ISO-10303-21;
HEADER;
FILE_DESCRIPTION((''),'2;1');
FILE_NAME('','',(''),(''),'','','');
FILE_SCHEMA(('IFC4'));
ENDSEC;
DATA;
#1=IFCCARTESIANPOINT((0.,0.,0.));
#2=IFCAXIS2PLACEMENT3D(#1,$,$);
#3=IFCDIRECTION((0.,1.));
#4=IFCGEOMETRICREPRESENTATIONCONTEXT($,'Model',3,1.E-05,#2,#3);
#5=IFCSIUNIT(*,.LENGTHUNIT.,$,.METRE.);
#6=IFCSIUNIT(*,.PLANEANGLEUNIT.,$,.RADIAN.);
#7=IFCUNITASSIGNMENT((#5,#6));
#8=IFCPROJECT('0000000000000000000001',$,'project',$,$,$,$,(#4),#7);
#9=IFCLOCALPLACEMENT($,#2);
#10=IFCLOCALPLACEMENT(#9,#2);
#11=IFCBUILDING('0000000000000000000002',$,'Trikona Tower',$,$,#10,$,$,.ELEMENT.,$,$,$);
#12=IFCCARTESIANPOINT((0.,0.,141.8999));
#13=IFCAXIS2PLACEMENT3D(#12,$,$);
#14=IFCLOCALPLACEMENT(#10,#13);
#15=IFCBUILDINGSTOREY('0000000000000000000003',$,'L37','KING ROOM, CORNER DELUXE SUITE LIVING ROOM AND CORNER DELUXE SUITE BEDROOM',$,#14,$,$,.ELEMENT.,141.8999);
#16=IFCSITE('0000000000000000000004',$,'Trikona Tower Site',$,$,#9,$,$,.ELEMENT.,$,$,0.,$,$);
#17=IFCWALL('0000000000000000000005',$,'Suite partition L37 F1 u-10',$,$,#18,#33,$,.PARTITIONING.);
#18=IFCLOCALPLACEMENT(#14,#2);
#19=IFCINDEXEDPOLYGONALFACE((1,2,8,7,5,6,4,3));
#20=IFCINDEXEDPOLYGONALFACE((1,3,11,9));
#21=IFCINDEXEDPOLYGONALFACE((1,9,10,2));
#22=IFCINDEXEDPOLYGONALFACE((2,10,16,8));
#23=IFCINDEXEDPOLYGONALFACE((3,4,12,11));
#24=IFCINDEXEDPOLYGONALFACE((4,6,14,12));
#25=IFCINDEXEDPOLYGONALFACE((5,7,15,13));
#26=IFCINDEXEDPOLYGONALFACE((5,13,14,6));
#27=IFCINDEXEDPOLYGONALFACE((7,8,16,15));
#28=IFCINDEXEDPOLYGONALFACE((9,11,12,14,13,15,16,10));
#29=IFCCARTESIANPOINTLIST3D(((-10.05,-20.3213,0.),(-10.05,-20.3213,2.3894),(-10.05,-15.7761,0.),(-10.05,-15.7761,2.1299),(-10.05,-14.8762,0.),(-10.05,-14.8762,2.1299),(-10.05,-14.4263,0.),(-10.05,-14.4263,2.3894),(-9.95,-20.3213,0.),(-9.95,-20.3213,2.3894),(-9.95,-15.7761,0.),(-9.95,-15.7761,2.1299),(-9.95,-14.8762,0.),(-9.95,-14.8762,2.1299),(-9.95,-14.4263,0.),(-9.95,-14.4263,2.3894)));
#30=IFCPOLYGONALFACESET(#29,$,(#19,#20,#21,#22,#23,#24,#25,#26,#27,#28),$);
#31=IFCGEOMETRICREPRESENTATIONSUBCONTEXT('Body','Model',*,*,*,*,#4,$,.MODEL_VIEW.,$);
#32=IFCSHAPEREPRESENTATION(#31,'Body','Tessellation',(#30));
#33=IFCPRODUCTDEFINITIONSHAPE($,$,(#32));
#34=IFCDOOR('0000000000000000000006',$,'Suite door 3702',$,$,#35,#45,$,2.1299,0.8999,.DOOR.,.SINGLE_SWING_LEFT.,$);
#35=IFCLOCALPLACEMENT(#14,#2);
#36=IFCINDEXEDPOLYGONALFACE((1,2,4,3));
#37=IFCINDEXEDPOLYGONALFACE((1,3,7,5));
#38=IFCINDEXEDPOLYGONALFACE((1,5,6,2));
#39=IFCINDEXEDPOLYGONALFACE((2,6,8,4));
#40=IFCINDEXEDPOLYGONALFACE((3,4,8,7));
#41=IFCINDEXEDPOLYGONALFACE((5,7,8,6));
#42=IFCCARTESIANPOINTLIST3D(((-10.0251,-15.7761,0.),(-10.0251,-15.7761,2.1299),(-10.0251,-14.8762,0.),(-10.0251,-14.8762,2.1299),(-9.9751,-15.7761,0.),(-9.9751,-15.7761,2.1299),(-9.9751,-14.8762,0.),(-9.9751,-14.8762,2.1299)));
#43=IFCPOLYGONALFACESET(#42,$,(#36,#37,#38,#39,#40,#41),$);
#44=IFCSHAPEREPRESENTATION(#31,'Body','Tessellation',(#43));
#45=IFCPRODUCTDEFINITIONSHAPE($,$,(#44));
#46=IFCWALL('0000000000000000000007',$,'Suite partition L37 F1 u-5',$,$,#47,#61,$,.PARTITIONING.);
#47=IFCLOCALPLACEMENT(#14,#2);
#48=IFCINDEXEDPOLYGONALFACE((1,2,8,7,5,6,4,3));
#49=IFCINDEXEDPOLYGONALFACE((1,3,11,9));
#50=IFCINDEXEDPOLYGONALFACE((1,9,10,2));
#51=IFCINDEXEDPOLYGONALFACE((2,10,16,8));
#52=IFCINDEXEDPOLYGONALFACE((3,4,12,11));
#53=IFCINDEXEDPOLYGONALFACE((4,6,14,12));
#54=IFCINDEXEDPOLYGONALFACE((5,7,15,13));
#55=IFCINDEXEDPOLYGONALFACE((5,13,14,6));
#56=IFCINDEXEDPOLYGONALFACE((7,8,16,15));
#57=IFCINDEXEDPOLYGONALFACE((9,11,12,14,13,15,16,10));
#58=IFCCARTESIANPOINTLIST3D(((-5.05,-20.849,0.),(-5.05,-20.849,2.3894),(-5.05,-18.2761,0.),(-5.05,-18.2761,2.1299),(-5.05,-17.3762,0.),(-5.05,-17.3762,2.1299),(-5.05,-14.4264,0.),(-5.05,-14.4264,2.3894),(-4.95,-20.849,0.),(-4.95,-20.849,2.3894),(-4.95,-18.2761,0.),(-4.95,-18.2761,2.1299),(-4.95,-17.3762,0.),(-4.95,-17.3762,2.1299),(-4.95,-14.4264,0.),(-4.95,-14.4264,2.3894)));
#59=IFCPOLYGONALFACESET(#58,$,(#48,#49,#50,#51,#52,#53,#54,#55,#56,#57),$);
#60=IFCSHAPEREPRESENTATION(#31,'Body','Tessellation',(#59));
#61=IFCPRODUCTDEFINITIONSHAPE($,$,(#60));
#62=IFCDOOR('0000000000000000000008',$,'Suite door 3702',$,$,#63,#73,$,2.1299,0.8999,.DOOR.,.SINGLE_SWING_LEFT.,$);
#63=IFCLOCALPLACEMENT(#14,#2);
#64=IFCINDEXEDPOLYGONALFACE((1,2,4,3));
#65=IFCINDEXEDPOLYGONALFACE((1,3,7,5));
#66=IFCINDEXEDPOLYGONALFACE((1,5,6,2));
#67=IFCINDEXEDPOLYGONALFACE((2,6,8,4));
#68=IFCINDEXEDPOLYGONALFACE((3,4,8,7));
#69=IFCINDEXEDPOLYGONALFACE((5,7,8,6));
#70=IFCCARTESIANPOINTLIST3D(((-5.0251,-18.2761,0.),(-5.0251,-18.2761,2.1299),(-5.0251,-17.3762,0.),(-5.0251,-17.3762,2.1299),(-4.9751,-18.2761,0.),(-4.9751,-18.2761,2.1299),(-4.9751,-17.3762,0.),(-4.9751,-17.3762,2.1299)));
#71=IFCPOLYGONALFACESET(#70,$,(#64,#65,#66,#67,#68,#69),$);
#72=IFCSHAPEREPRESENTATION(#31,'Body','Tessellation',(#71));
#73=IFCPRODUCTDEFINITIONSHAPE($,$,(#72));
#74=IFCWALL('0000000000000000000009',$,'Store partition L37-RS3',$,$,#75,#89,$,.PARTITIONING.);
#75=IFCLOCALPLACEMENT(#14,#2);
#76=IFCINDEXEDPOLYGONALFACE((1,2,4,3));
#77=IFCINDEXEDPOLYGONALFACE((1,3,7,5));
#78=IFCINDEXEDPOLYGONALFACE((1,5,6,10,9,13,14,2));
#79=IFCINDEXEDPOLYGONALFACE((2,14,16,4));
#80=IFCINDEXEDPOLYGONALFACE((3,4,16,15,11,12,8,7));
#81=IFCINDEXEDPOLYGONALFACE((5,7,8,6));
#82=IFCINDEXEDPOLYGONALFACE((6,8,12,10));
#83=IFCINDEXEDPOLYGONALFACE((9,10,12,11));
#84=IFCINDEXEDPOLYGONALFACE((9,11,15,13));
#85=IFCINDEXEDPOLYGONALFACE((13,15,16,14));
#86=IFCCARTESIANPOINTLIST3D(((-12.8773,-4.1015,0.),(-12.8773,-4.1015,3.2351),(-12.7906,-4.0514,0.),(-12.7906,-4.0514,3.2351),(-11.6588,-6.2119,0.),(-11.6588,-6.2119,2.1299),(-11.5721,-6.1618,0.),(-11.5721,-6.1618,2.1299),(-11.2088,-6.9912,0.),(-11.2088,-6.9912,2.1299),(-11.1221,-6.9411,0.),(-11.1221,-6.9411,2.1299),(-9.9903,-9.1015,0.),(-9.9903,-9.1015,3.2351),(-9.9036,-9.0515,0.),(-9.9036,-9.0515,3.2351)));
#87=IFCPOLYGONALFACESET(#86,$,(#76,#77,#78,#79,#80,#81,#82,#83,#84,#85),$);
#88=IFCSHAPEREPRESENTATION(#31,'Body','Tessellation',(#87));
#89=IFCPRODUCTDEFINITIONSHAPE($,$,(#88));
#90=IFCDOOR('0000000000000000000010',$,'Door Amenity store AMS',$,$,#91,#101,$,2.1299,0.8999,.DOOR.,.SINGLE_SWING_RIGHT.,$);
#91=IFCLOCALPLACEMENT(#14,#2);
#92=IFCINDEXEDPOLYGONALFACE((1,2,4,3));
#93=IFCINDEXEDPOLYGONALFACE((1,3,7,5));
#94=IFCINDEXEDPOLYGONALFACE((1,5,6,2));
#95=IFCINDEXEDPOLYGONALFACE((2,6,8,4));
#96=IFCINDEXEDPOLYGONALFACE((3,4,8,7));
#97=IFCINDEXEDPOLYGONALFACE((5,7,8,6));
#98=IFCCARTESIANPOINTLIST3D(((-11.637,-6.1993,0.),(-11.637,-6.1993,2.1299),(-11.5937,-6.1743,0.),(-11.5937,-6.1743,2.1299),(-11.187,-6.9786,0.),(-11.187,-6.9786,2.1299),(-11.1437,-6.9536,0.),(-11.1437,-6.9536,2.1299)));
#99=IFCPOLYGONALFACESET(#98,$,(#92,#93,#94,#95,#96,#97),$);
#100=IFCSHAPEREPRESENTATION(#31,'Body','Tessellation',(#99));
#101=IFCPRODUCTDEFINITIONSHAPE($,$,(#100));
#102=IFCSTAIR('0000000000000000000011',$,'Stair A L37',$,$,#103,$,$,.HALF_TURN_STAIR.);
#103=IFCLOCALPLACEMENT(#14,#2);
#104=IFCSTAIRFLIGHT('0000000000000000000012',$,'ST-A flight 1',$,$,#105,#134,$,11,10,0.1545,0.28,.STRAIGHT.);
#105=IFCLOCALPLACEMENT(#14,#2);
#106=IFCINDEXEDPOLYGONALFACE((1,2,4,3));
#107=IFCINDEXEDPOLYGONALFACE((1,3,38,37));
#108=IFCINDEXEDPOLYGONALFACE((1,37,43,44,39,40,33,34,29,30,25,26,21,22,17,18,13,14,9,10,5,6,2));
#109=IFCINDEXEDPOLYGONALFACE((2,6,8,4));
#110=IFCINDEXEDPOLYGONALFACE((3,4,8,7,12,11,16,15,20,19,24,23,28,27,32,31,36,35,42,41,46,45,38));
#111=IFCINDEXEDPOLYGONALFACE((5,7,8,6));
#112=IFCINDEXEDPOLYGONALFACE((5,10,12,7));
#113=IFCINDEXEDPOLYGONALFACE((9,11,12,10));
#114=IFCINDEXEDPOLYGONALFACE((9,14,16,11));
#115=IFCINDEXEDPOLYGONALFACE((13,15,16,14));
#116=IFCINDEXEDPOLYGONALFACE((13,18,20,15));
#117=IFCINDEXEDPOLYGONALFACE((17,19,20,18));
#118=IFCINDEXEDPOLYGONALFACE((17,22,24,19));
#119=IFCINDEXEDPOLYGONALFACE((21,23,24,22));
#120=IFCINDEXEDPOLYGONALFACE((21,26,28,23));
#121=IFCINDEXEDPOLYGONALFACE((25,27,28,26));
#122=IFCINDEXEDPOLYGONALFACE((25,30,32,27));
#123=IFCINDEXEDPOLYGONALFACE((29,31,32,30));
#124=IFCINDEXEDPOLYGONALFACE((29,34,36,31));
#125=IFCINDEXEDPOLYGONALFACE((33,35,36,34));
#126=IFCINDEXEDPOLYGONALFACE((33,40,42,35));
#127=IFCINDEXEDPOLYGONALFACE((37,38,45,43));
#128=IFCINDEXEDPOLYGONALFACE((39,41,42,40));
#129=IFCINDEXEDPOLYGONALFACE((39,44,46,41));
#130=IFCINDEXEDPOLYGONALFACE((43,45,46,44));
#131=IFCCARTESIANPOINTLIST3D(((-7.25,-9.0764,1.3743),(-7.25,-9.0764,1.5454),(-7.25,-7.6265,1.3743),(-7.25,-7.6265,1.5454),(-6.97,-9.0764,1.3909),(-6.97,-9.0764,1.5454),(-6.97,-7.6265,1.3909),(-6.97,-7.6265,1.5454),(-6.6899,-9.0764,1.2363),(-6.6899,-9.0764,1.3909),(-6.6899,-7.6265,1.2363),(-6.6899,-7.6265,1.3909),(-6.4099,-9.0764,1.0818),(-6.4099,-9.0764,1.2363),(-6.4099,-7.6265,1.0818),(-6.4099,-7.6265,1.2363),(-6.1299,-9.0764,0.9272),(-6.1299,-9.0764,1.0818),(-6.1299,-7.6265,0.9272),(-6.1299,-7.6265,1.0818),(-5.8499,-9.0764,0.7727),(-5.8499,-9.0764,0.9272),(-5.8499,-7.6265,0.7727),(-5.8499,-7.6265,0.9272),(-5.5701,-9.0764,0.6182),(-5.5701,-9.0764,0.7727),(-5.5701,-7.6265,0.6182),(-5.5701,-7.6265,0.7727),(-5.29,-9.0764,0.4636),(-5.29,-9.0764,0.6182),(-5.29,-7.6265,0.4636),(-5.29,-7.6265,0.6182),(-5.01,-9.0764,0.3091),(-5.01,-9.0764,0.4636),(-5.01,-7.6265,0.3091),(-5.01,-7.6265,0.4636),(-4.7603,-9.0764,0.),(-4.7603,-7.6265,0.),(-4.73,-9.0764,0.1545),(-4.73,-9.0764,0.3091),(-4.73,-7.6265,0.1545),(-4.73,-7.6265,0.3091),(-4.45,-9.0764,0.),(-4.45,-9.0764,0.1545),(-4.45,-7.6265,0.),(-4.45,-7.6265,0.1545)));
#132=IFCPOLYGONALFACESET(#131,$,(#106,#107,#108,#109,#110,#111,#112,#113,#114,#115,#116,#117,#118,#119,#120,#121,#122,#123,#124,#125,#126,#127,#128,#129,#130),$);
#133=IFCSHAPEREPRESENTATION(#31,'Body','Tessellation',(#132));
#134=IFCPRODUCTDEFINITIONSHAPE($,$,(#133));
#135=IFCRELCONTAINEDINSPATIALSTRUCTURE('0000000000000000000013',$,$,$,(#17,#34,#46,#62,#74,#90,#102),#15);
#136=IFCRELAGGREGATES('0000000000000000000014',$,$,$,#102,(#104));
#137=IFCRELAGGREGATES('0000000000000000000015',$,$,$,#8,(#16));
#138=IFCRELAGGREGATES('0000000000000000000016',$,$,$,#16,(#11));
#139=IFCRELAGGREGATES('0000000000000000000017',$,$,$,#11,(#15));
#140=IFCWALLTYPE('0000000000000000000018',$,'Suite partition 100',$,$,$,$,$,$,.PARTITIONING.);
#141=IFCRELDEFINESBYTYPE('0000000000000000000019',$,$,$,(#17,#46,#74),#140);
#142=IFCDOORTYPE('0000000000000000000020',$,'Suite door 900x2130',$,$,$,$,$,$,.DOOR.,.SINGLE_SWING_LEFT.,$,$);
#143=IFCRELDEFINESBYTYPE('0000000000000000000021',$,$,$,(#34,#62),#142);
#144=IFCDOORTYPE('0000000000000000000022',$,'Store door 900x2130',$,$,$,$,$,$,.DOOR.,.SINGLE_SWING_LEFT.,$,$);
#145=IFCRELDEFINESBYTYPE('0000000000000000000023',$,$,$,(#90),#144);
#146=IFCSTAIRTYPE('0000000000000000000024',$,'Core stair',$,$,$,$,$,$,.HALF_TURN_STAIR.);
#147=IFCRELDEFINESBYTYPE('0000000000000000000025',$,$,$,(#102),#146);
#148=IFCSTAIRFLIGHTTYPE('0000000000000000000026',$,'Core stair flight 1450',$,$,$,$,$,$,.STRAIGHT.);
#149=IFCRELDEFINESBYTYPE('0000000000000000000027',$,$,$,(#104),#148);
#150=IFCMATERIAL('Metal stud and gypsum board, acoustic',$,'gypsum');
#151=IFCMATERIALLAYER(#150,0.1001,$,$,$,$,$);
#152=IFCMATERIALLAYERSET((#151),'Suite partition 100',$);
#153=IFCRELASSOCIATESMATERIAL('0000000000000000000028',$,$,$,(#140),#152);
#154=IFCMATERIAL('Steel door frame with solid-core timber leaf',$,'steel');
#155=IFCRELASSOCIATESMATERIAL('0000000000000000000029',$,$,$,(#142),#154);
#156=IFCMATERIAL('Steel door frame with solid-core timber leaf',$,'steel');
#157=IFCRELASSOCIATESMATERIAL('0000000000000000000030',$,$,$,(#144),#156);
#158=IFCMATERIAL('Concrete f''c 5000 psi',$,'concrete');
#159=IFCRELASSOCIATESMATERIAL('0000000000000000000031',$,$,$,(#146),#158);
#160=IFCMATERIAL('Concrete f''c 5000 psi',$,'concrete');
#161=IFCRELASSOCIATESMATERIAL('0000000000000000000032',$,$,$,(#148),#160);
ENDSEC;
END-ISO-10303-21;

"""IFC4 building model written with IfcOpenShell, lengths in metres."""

from ifc_helpers import new_model, si_unit, direction, frame, frame_2d, origin, place, context, subcontext, project, spatial, polyline, rectangle, outline, extrude, material, layer, layer_set, type_object, element, fill, aggregate, save


model = new_model("IFC4")

# Units and contexts
model_context = context("Model", 3, precision=1e-05, world=origin(), true_north=direction((0.0, 1.0)))
body_context = subcontext(model_context, "Body", "Model", "MODEL_VIEW")
ifc_project = project(units=[si_unit("LENGTHUNIT", "METRE"), si_unit("PLANEANGLEUNIT", "RADIAN")], contexts=[model_context])

# Site, building, storey
site_placement = place(None, origin())
site = spatial("IfcSite", under=ifc_project, at=site_placement, Name="Trikona Tower Site", CompositionType="ELEMENT", RefElevation=0.0)
building_placement = place(site_placement, origin())
building = spatial("IfcBuilding", under=site, at=building_placement, Name="Trikona Tower", CompositionType="ELEMENT")
storey_placement = place(building_placement, frame((0.0, 0.0, 141.8999)))
storey = spatial("IfcBuildingStorey", under=building, at=storey_placement, Name="L37", Description="KING ROOM, CORNER DELUXE SUITE LIVING ROOM AND CORNER DELUXE SUITE BEDROOM", CompositionType="ELEMENT", Elevation=141.8999)

# Walls, openings, doors
ifc_material_1 = material(Name="Metal stud and gypsum board, acoustic", Category="gypsum")
ifc_layer_1 = layer(ifc_material_1, 0.1001)
ifc_layer_set_1 = layer_set([ifc_layer_1], Name="Suite partition 100")
wall_type_1 = type_object("IfcWallType", Name="Suite partition 100", PredefinedType="PARTITIONING", material=ifc_layer_set_1)
wall_1_placement = place(storey_placement, frame((-10.0, -14.4263, 0.0), z_axis=(0.0, 0.0, 1.0), x_axis=(0.0, -1.0, 0.0)))
wall_1 = element("IfcWall", 1, at=wall_1_placement, inside=storey, type_object=wall_type_1, Name="Suite partition L37 F1 u-10", PredefinedType="PARTITIONING", context=body_context, shape_type="SweptSolid", body=[
    extrude(rectangle(XDim=5.895, YDim=0.1001, at=frame_2d((2.9475, 0.0))), origin(), (0.0, 0.0, 1.0), 2.3894),
])
opening_1_placement = place(wall_1_placement, frame((0.45, 0.0, 0.0)))
opening_1 = element("IfcOpeningElement", 2, at=opening_1_placement, cuts=wall_1, PredefinedType="OPENING", context=body_context, shape_type="SweptSolid", body=[
    extrude(rectangle(XDim=0.8999, YDim=2.1299, at=frame_2d((0.45, 1.0649))), frame((0.0, 0.0601, 0.0), z_axis=(0.0, -1.0, 0.0), x_axis=(1.0, 0.0, 0.0)), (0.0, 0.0, 1.0), 0.1201),
])
ifc_material_2 = material(Name="Steel door frame with solid-core timber leaf", Category="steel")
door_type_1 = type_object("IfcDoorType", Name="Suite door 900x2130", OperationType="SINGLE_SWING_LEFT", PredefinedType="DOOR", material=ifc_material_2)
door_1_placement = place(opening_1_placement, origin())
door_1 = element("IfcDoor", 3, at=door_1_placement, inside=storey, type_object=door_type_1, Name="Suite door 3702", OperationType="SINGLE_SWING_LEFT", OverallHeight=2.1299, OverallWidth=0.8999, PredefinedType="DOOR", context=body_context, shape_type="SweptSolid", body=[
    extrude(rectangle(XDim=0.8999, YDim=2.1299, at=frame_2d((0.45, 1.0649))), frame((0.0, 0.0249, 0.0), z_axis=(0.0, -1.0, 0.0), x_axis=(1.0, 0.0, 0.0)), (0.0, 0.0, 1.0), 0.05),
])
fill(opening_1, door_1)
wall_2_placement = place(storey_placement, frame((-5.0, -14.4263, 0.0), z_axis=(0.0, 0.0, 1.0), x_axis=(0.0, -1.0, 0.0)))
wall_2 = element("IfcWall", 4, at=wall_2_placement, inside=storey, type_object=wall_type_1, Name="Suite partition L37 F1 u-5", PredefinedType="PARTITIONING", context=body_context, shape_type="SweptSolid", body=[
    extrude(rectangle(XDim=6.4226, YDim=0.1001, at=frame_2d((3.2114, 0.0))), origin(), (0.0, 0.0, 1.0), 2.3894),
])
opening_2_placement = place(wall_2_placement, frame((2.95, 0.0, 0.0)))
opening_2 = element("IfcOpeningElement", 5, at=opening_2_placement, cuts=wall_2, PredefinedType="OPENING", context=body_context, shape_type="SweptSolid", body=[
    extrude(rectangle(XDim=0.8999, YDim=2.1299, at=frame_2d((0.45, 1.0649))), frame((0.0, 0.0601, 0.0), z_axis=(0.0, -1.0, 0.0), x_axis=(1.0, 0.0, 0.0)), (0.0, 0.0, 1.0), 0.1201),
])
door_2_placement = place(opening_2_placement, origin())
door_2 = element("IfcDoor", 6, at=door_2_placement, inside=storey, type_object=door_type_1, Name="Suite door 3702", OperationType="SINGLE_SWING_LEFT", OverallHeight=2.1299, OverallWidth=0.8999, PredefinedType="DOOR", context=body_context, shape_type="SweptSolid", body=[
    extrude(rectangle(XDim=0.8999, YDim=2.1299, at=frame_2d((0.45, 1.0649))), frame((0.0, 0.0249, 0.0), z_axis=(0.0, -1.0, 0.0), x_axis=(1.0, 0.0, 0.0)), (0.0, 0.0, 1.0), 0.05),
])
fill(opening_2, door_2)
wall_3_placement = place(storey_placement, frame((-9.947, -9.0764, 0.0), z_axis=(0.0, 0.0, 1.0), x_axis=(-0.500027, 0.86601, 0.0)))
wall_3 = element("IfcWall", 7, at=wall_3_placement, inside=storey, type_object=wall_type_1, Name="Store partition L37-RS3", PredefinedType="PARTITIONING", context=body_context, shape_type="SweptSolid", body=[
    extrude(rectangle(XDim=5.7737, YDim=0.1001, at=frame_2d((2.8867, 0.0))), origin(), (0.0, 0.0, 1.0), 3.2351),
])
opening_3_placement = place(wall_3_placement, frame((2.4368, 0.0, 0.0)))
opening_3 = element("IfcOpeningElement", 8, at=opening_3_placement, cuts=wall_3, PredefinedType="OPENING", context=body_context, shape_type="SweptSolid", body=[
    extrude(rectangle(XDim=0.8999, YDim=2.1299, at=frame_2d((0.45, 1.0649))), frame((0.0, 0.0601, 0.0), z_axis=(0.0, -1.0, 0.0), x_axis=(1.0, 0.0, 0.0)), (0.0, 0.0, 1.0), 0.1201),
])
ifc_material_3 = material(Name="Steel door frame with solid-core timber leaf", Category="steel")
door_type_2 = type_object("IfcDoorType", Name="Store door 900x2130", OperationType="SINGLE_SWING_LEFT", PredefinedType="DOOR", material=ifc_material_3)
door_3_placement = place(opening_3_placement, origin())
door_3 = element("IfcDoor", 9, at=door_3_placement, inside=storey, type_object=door_type_2, Name="Door Amenity store AMS", OperationType="SINGLE_SWING_RIGHT", OverallHeight=2.1299, OverallWidth=0.8999, PredefinedType="DOOR", context=body_context, shape_type="SweptSolid", body=[
    extrude(rectangle(XDim=0.8999, YDim=2.1299, at=frame_2d((0.45, 1.0649))), frame((0.0, 0.0249, 0.0), z_axis=(0.0, -1.0, 0.0), x_axis=(1.0, 0.0, 0.0)), (0.0, 0.0, 1.0), 0.05),
])
fill(opening_3, door_3)

# Stair, stair flight
ifc_material_4 = material(Name="Concrete f'c 5000 psi", Category="concrete")
stair_type = type_object("IfcStairType", Name="Core stair", PredefinedType="HALF_TURN_STAIR", material=ifc_material_4)
stair_placement = place(storey_placement, origin())
stair = element("IfcStair", 10, at=stair_placement, inside=storey, type_object=stair_type, Name="Stair A L37", PredefinedType="HALF_TURN_STAIR")
ifc_material_5 = material(Name="Concrete f'c 5000 psi", Category="concrete")
stair_flight_type = type_object("IfcStairFlightType", Name="Core stair flight 1450", PredefinedType="STRAIGHT", material=ifc_material_5)
stair_flight_placement = place(storey_placement, frame((-4.45, -8.3513, 0.0), z_axis=(0.0, 0.0, 1.0), x_axis=(-1.0, 0.0, 0.0)))
stair_flight = element("IfcStairFlight", 11, at=stair_flight_placement, type_object=stair_flight_type, Name="ST-A flight 1", NumberOfRisers=11, NumberOfTreads=10, PredefinedType="STRAIGHT", RiserHeight=0.1545, TreadLength=0.28, context=body_context, shape_type="SweptSolid", body=[
    extrude(outline(polyline([(0.0, 0.0), (0.0, 0.1545), (0.28, 0.1545), (0.28, 0.3091), (0.5601, 0.3091), (0.5601, 0.4636), (0.8401, 0.4636), (0.8401, 0.6182), (1.1201, 0.6182), (1.1201, 0.7727), (1.3999, 0.7727), (1.3999, 0.9272), (1.6799, 0.9272), (1.6799, 1.0818), (1.96, 1.0818), (1.96, 1.2363), (2.24, 1.2363), (2.24, 1.3909), (2.52, 1.3909), (2.52, 1.5454), (2.8, 1.5454), (2.8, 1.7), (2.8, 1.3743), (0.3103, 0.0), (0.0, 0.0)])), frame((0.0, 0.7251, 0.0), z_axis=(0.0, -1.0, 0.0), x_axis=(1.0, 0.0, 0.0)), (0.0, 0.0, 1.0), 1.45),
])
aggregate(stair, [stair_flight])

save(model, "model.ifc")
